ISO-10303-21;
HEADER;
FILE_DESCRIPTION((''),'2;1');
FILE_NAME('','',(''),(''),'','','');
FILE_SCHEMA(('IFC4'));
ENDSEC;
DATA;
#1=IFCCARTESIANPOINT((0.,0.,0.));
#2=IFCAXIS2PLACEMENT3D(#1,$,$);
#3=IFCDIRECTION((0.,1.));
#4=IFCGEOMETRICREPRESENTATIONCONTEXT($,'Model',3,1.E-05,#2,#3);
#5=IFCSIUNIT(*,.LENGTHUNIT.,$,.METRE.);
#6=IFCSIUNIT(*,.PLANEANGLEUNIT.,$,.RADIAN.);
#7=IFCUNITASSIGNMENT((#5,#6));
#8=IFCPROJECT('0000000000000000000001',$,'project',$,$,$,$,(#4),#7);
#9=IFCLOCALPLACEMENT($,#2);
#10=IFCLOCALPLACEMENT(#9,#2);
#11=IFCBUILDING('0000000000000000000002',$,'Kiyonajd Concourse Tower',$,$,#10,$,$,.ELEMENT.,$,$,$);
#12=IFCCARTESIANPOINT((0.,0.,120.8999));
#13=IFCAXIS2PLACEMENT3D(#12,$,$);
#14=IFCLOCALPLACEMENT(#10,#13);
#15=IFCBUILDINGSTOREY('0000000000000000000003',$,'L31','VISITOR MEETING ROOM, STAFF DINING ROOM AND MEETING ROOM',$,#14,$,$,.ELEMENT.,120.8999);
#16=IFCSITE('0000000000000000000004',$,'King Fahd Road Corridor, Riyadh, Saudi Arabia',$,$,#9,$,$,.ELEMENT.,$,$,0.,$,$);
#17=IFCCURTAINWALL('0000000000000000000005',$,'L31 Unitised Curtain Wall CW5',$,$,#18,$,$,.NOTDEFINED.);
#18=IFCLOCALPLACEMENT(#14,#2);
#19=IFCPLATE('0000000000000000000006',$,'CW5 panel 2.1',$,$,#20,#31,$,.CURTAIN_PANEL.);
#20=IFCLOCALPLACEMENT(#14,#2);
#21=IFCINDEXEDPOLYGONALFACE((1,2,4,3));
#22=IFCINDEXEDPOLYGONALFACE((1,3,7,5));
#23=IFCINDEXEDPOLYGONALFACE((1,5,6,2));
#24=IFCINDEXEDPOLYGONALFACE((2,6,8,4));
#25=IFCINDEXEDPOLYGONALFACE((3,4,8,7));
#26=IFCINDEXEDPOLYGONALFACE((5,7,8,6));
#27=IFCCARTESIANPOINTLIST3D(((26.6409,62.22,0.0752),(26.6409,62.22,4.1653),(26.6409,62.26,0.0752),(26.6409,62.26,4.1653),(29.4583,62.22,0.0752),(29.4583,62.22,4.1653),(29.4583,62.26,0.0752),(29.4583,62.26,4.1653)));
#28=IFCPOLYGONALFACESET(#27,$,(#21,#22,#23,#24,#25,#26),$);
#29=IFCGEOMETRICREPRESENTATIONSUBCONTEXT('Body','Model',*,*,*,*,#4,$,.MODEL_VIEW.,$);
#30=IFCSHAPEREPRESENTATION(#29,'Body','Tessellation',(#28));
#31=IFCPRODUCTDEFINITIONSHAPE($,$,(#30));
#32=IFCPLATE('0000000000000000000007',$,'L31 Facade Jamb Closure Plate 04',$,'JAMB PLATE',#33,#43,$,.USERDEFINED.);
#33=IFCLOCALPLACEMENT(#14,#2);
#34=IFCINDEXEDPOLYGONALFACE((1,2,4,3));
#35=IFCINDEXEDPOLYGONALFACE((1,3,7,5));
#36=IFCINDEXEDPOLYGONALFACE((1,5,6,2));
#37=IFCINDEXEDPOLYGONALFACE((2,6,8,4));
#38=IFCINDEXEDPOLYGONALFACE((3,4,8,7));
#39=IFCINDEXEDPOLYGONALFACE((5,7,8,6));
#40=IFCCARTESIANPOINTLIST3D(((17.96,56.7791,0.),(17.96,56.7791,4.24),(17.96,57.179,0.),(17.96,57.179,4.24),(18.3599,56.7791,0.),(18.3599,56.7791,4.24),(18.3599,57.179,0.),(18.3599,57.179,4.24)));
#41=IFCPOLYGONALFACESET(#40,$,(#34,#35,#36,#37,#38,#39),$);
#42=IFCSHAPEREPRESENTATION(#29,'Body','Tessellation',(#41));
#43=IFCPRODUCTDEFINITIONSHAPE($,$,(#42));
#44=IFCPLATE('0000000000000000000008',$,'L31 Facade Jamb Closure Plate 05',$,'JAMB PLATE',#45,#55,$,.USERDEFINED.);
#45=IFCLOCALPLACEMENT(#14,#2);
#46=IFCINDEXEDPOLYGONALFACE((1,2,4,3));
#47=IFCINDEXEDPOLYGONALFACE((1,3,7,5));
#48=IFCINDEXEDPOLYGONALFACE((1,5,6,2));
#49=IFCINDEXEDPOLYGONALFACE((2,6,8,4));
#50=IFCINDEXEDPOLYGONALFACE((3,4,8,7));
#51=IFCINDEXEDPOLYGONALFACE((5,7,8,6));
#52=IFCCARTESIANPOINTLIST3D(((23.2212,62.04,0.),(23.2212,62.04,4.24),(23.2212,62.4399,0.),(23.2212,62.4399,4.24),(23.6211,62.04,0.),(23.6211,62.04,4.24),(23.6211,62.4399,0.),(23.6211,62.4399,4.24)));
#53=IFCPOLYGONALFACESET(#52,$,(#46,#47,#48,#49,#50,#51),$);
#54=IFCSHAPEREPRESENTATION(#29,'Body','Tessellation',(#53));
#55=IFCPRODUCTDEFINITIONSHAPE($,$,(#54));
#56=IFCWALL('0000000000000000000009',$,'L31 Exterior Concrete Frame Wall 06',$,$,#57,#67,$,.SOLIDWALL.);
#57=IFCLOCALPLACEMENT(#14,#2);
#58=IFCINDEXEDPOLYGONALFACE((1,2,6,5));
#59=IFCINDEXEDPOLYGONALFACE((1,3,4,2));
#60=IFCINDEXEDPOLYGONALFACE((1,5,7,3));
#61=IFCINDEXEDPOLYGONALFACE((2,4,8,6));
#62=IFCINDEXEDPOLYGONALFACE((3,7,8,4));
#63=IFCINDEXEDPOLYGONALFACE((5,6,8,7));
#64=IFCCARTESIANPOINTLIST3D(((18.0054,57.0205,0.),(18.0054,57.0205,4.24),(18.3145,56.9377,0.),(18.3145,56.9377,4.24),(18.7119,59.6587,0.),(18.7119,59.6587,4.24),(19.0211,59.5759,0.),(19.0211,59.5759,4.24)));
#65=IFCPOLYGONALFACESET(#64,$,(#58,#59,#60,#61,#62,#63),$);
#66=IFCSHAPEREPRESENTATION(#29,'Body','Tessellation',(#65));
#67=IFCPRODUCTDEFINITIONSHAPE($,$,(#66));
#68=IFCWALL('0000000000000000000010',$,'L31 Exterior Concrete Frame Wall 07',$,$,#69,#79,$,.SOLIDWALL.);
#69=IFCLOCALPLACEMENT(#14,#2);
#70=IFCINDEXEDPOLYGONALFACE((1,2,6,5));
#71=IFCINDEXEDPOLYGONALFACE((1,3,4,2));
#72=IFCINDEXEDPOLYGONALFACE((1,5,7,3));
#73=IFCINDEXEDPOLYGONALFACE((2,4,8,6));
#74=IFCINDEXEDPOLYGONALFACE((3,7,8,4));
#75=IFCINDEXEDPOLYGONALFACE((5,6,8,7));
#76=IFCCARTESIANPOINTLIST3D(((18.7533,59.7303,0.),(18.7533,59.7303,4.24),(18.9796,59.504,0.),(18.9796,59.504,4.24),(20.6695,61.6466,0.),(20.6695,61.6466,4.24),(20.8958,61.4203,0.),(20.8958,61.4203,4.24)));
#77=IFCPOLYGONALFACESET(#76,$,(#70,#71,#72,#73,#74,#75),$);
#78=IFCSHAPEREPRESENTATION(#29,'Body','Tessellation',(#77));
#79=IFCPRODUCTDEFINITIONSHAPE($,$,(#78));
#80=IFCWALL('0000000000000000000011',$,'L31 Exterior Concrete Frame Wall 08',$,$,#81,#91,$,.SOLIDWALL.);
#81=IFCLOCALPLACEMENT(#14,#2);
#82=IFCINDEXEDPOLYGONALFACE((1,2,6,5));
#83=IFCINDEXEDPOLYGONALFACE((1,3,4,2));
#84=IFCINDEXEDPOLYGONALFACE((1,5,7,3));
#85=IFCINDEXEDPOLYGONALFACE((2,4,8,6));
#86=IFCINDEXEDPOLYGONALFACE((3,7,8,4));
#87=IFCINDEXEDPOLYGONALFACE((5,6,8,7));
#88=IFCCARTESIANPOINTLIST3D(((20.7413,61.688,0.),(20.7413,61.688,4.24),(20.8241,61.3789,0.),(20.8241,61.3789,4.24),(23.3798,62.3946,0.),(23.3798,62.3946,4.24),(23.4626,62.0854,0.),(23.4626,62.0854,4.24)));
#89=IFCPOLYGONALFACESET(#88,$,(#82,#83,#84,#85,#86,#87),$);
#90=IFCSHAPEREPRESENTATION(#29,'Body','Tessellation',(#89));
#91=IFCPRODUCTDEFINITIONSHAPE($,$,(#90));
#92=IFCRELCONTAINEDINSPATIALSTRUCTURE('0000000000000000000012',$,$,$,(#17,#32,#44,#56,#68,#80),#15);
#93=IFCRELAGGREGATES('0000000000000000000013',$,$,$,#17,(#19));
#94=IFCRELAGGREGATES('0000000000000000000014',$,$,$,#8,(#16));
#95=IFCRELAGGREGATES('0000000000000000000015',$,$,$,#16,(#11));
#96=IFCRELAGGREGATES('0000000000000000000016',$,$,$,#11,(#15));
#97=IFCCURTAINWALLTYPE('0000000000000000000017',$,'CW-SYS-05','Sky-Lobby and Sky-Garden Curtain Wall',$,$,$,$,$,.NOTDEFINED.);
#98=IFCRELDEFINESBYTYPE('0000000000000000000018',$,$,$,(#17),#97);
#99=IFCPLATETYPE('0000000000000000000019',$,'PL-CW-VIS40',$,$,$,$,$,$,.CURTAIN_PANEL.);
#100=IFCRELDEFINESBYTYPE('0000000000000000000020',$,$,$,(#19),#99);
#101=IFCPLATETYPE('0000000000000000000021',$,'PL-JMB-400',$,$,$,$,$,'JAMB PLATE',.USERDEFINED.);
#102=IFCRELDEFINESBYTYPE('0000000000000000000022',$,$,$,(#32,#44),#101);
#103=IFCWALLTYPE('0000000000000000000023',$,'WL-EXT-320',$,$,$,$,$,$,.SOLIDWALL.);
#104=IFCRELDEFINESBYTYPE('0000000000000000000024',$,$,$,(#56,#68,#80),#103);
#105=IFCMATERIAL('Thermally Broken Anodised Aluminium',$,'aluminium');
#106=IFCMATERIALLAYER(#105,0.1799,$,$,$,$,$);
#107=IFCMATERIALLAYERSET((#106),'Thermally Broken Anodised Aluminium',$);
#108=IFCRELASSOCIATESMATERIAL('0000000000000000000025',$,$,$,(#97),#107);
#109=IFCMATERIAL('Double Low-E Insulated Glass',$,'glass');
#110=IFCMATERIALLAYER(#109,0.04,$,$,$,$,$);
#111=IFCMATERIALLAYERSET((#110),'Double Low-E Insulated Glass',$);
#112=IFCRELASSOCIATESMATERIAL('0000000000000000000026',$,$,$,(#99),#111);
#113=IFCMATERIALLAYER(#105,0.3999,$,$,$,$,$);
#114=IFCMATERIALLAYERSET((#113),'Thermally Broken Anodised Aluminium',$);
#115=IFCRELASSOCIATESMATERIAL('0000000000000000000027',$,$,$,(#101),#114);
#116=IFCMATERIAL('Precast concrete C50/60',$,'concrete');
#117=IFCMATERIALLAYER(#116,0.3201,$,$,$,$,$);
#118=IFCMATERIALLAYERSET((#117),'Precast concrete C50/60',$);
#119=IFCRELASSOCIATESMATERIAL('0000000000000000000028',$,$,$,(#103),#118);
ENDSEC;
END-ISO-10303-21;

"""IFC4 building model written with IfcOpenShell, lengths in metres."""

from ifc_helpers import new_model, si_unit, direction, frame, frame_2d, origin, origin_2d, place, context, subcontext, project, spatial, rectangle, extrude, material, layer, layer_set, type_object, element, aggregate, save


model = new_model("IFC4")

# Units and contexts
model_context = context("Model", 3, precision=1e-05, world=origin(), true_north=direction((0.0, 1.0)))
body_context = subcontext(model_context, "Body", "Model", "MODEL_VIEW")
ifc_project = project(units=[si_unit("LENGTHUNIT", "METRE"), si_unit("PLANEANGLEUNIT", "RADIAN")], contexts=[model_context])

# Site, building, storey
site_placement = place(None, origin())
site = spatial("IfcSite", under=ifc_project, at=site_placement, Name="King Fahd Road Corridor, Riyadh, Saudi Arabia", CompositionType="ELEMENT", RefElevation=0.0)
building_placement = place(site_placement, origin())
building = spatial("IfcBuilding", under=site, at=building_placement, Name="Kiyonajd Concourse Tower", CompositionType="ELEMENT")
storey_placement = place(building_placement, frame((0.0, 0.0, 120.8999)))
storey = spatial("IfcBuildingStorey", under=building, at=storey_placement, Name="L31", Description="VISITOR MEETING ROOM, STAFF DINING ROOM AND MEETING ROOM", CompositionType="ELEMENT", Elevation=120.8999)

# Shared definitions
ifc_material_1 = material(Name="Precast concrete C50/60", Category="concrete")

# Curtain wall
ifc_material_2 = material(Name="Thermally Broken Anodised Aluminium", Category="aluminium")
ifc_layer_1 = layer(ifc_material_2, 0.1799)
ifc_layer_set_1 = layer_set([ifc_layer_1], Name="Thermally Broken Anodised Aluminium")
curtain_wall_type = type_object("IfcCurtainWallType", Name="CW-SYS-05", Description="Sky-Lobby and Sky-Garden Curtain Wall", PredefinedType="NOTDEFINED", material=ifc_layer_set_1)
curtain_wall_1_placement = place(storey_placement, origin())
curtain_wall_1 = element("IfcCurtainWall", 1, at=curtain_wall_1_placement, inside=storey, type_object=curtain_wall_type, Name="L31 Unitised Curtain Wall CW5", PredefinedType="NOTDEFINED")

# Plate
ifc_material_3 = material(Name="Double Low-E Insulated Glass", Category="glass")
ifc_layer_2 = layer(ifc_material_3, 0.04)
ifc_layer_set_2 = layer_set([ifc_layer_2], Name="Double Low-E Insulated Glass")
plate_type_1 = type_object("IfcPlateType", Name="PL-CW-VIS40", PredefinedType="CURTAIN_PANEL", material=ifc_layer_set_2)
plate_1_placement = place(storey_placement, frame((28.0496, 62.24, 0.0752), z_axis=(0.0, 0.0, 1.0), x_axis=(1.0, 0.0, 0.0)))
plate_1 = element("IfcPlate", 2, at=plate_1_placement, type_object=plate_type_1, Name="CW5 panel 2.1", PredefinedType="CURTAIN_PANEL", context=body_context, shape_type="SweptSolid", body=[
    extrude(rectangle(XDim=2.8174, YDim=0.04, at=origin_2d()), origin(), (0.0, 0.0, 1.0), 4.0901),
])
aggregate(curtain_wall_1, [plate_1])

# Plates
ifc_layer_3 = layer(ifc_material_2, 0.3999)
ifc_layer_set_3 = layer_set([ifc_layer_3], Name="Thermally Broken Anodised Aluminium")
plate_type_2 = type_object("IfcPlateType", Name="PL-JMB-400", ElementType="JAMB PLATE", PredefinedType="USERDEFINED", material=ifc_layer_set_3)
for number, where, z_axis, x_axis, name in (
    (3, (18.1599, 56.979, 0.0), (0.0, 0.0, 1.0), (1.0, 0.0, 0.0), "L31 Facade Jamb Closure Plate 04"),
    (4, (23.4211, 62.24, 0.0), (0.0, 0.0, 1.0), (1.0, 0.0, 0.0), "L31 Facade Jamb Closure Plate 05"),
):
    element("IfcPlate", number, at=place(storey_placement, frame(where, z_axis=z_axis, x_axis=x_axis)), inside=storey, type_object=plate_type_2, Name=name, ObjectType="JAMB PLATE", PredefinedType="USERDEFINED", context=body_context, shape_type="SweptSolid", body=[
        extrude(rectangle(XDim=0.3999, YDim=0.3999, at=origin_2d()), origin(), (0.0, 0.0, 1.0), 4.24),
    ])

# Walls
ifc_layer_4 = layer(ifc_material_1, 0.3201)
ifc_layer_set_4 = layer_set([ifc_layer_4], Name="Precast concrete C50/60")
wall_type = type_object("IfcWallType", Name="WL-EXT-320", PredefinedType="SOLIDWALL", material=ifc_layer_set_4)
wall_1_placement = place(storey_placement, frame((18.1599, 56.979, 0.0), z_axis=(0.0, 0.0, 1.0), x_axis=(0.258697, 0.965958, 0.0)))
element("IfcWall", 5, at=wall_1_placement, inside=storey, type_object=wall_type, Name="L31 Exterior Concrete Frame Wall 06", PredefinedType="SOLIDWALL", context=body_context, shape_type="SweptSolid", body=[
    extrude(rectangle(XDim=2.7312, YDim=0.3201, at=frame_2d((1.3657, 0.0))), origin(), (0.0, 0.0, 1.0), 4.24),
])
wall_2_placement = place(storey_placement, frame((18.8665, 59.6172, 0.0), z_axis=(0.0, 0.0, 1.0), x_axis=(0.707107, 0.707107, 0.0)))
element("IfcWall", 6, at=wall_2_placement, inside=storey, type_object=wall_type, Name="L31 Exterior Concrete Frame Wall 07", PredefinedType="SOLIDWALL", context=body_context, shape_type="SweptSolid", body=[
    extrude(rectangle(XDim=2.71, YDim=0.3201, at=frame_2d((1.355, 0.0))), origin(), (0.0, 0.0, 1.0), 4.24),
])
wall_3_placement = place(storey_placement, frame((20.7827, 61.5334, 0.0), z_axis=(0.0, 0.0, 1.0), x_axis=(0.965964, 0.258675, 0.0)))
element("IfcWall", 7, at=wall_3_placement, inside=storey, type_object=wall_type, Name="L31 Exterior Concrete Frame Wall 08", PredefinedType="SOLIDWALL", context=body_context, shape_type="SweptSolid", body=[
    extrude(rectangle(XDim=2.7314, YDim=0.3201, at=frame_2d((1.3657, 0.0))), origin(), (0.0, 0.0, 1.0), 4.24),
])

save(model, "model.ifc")
